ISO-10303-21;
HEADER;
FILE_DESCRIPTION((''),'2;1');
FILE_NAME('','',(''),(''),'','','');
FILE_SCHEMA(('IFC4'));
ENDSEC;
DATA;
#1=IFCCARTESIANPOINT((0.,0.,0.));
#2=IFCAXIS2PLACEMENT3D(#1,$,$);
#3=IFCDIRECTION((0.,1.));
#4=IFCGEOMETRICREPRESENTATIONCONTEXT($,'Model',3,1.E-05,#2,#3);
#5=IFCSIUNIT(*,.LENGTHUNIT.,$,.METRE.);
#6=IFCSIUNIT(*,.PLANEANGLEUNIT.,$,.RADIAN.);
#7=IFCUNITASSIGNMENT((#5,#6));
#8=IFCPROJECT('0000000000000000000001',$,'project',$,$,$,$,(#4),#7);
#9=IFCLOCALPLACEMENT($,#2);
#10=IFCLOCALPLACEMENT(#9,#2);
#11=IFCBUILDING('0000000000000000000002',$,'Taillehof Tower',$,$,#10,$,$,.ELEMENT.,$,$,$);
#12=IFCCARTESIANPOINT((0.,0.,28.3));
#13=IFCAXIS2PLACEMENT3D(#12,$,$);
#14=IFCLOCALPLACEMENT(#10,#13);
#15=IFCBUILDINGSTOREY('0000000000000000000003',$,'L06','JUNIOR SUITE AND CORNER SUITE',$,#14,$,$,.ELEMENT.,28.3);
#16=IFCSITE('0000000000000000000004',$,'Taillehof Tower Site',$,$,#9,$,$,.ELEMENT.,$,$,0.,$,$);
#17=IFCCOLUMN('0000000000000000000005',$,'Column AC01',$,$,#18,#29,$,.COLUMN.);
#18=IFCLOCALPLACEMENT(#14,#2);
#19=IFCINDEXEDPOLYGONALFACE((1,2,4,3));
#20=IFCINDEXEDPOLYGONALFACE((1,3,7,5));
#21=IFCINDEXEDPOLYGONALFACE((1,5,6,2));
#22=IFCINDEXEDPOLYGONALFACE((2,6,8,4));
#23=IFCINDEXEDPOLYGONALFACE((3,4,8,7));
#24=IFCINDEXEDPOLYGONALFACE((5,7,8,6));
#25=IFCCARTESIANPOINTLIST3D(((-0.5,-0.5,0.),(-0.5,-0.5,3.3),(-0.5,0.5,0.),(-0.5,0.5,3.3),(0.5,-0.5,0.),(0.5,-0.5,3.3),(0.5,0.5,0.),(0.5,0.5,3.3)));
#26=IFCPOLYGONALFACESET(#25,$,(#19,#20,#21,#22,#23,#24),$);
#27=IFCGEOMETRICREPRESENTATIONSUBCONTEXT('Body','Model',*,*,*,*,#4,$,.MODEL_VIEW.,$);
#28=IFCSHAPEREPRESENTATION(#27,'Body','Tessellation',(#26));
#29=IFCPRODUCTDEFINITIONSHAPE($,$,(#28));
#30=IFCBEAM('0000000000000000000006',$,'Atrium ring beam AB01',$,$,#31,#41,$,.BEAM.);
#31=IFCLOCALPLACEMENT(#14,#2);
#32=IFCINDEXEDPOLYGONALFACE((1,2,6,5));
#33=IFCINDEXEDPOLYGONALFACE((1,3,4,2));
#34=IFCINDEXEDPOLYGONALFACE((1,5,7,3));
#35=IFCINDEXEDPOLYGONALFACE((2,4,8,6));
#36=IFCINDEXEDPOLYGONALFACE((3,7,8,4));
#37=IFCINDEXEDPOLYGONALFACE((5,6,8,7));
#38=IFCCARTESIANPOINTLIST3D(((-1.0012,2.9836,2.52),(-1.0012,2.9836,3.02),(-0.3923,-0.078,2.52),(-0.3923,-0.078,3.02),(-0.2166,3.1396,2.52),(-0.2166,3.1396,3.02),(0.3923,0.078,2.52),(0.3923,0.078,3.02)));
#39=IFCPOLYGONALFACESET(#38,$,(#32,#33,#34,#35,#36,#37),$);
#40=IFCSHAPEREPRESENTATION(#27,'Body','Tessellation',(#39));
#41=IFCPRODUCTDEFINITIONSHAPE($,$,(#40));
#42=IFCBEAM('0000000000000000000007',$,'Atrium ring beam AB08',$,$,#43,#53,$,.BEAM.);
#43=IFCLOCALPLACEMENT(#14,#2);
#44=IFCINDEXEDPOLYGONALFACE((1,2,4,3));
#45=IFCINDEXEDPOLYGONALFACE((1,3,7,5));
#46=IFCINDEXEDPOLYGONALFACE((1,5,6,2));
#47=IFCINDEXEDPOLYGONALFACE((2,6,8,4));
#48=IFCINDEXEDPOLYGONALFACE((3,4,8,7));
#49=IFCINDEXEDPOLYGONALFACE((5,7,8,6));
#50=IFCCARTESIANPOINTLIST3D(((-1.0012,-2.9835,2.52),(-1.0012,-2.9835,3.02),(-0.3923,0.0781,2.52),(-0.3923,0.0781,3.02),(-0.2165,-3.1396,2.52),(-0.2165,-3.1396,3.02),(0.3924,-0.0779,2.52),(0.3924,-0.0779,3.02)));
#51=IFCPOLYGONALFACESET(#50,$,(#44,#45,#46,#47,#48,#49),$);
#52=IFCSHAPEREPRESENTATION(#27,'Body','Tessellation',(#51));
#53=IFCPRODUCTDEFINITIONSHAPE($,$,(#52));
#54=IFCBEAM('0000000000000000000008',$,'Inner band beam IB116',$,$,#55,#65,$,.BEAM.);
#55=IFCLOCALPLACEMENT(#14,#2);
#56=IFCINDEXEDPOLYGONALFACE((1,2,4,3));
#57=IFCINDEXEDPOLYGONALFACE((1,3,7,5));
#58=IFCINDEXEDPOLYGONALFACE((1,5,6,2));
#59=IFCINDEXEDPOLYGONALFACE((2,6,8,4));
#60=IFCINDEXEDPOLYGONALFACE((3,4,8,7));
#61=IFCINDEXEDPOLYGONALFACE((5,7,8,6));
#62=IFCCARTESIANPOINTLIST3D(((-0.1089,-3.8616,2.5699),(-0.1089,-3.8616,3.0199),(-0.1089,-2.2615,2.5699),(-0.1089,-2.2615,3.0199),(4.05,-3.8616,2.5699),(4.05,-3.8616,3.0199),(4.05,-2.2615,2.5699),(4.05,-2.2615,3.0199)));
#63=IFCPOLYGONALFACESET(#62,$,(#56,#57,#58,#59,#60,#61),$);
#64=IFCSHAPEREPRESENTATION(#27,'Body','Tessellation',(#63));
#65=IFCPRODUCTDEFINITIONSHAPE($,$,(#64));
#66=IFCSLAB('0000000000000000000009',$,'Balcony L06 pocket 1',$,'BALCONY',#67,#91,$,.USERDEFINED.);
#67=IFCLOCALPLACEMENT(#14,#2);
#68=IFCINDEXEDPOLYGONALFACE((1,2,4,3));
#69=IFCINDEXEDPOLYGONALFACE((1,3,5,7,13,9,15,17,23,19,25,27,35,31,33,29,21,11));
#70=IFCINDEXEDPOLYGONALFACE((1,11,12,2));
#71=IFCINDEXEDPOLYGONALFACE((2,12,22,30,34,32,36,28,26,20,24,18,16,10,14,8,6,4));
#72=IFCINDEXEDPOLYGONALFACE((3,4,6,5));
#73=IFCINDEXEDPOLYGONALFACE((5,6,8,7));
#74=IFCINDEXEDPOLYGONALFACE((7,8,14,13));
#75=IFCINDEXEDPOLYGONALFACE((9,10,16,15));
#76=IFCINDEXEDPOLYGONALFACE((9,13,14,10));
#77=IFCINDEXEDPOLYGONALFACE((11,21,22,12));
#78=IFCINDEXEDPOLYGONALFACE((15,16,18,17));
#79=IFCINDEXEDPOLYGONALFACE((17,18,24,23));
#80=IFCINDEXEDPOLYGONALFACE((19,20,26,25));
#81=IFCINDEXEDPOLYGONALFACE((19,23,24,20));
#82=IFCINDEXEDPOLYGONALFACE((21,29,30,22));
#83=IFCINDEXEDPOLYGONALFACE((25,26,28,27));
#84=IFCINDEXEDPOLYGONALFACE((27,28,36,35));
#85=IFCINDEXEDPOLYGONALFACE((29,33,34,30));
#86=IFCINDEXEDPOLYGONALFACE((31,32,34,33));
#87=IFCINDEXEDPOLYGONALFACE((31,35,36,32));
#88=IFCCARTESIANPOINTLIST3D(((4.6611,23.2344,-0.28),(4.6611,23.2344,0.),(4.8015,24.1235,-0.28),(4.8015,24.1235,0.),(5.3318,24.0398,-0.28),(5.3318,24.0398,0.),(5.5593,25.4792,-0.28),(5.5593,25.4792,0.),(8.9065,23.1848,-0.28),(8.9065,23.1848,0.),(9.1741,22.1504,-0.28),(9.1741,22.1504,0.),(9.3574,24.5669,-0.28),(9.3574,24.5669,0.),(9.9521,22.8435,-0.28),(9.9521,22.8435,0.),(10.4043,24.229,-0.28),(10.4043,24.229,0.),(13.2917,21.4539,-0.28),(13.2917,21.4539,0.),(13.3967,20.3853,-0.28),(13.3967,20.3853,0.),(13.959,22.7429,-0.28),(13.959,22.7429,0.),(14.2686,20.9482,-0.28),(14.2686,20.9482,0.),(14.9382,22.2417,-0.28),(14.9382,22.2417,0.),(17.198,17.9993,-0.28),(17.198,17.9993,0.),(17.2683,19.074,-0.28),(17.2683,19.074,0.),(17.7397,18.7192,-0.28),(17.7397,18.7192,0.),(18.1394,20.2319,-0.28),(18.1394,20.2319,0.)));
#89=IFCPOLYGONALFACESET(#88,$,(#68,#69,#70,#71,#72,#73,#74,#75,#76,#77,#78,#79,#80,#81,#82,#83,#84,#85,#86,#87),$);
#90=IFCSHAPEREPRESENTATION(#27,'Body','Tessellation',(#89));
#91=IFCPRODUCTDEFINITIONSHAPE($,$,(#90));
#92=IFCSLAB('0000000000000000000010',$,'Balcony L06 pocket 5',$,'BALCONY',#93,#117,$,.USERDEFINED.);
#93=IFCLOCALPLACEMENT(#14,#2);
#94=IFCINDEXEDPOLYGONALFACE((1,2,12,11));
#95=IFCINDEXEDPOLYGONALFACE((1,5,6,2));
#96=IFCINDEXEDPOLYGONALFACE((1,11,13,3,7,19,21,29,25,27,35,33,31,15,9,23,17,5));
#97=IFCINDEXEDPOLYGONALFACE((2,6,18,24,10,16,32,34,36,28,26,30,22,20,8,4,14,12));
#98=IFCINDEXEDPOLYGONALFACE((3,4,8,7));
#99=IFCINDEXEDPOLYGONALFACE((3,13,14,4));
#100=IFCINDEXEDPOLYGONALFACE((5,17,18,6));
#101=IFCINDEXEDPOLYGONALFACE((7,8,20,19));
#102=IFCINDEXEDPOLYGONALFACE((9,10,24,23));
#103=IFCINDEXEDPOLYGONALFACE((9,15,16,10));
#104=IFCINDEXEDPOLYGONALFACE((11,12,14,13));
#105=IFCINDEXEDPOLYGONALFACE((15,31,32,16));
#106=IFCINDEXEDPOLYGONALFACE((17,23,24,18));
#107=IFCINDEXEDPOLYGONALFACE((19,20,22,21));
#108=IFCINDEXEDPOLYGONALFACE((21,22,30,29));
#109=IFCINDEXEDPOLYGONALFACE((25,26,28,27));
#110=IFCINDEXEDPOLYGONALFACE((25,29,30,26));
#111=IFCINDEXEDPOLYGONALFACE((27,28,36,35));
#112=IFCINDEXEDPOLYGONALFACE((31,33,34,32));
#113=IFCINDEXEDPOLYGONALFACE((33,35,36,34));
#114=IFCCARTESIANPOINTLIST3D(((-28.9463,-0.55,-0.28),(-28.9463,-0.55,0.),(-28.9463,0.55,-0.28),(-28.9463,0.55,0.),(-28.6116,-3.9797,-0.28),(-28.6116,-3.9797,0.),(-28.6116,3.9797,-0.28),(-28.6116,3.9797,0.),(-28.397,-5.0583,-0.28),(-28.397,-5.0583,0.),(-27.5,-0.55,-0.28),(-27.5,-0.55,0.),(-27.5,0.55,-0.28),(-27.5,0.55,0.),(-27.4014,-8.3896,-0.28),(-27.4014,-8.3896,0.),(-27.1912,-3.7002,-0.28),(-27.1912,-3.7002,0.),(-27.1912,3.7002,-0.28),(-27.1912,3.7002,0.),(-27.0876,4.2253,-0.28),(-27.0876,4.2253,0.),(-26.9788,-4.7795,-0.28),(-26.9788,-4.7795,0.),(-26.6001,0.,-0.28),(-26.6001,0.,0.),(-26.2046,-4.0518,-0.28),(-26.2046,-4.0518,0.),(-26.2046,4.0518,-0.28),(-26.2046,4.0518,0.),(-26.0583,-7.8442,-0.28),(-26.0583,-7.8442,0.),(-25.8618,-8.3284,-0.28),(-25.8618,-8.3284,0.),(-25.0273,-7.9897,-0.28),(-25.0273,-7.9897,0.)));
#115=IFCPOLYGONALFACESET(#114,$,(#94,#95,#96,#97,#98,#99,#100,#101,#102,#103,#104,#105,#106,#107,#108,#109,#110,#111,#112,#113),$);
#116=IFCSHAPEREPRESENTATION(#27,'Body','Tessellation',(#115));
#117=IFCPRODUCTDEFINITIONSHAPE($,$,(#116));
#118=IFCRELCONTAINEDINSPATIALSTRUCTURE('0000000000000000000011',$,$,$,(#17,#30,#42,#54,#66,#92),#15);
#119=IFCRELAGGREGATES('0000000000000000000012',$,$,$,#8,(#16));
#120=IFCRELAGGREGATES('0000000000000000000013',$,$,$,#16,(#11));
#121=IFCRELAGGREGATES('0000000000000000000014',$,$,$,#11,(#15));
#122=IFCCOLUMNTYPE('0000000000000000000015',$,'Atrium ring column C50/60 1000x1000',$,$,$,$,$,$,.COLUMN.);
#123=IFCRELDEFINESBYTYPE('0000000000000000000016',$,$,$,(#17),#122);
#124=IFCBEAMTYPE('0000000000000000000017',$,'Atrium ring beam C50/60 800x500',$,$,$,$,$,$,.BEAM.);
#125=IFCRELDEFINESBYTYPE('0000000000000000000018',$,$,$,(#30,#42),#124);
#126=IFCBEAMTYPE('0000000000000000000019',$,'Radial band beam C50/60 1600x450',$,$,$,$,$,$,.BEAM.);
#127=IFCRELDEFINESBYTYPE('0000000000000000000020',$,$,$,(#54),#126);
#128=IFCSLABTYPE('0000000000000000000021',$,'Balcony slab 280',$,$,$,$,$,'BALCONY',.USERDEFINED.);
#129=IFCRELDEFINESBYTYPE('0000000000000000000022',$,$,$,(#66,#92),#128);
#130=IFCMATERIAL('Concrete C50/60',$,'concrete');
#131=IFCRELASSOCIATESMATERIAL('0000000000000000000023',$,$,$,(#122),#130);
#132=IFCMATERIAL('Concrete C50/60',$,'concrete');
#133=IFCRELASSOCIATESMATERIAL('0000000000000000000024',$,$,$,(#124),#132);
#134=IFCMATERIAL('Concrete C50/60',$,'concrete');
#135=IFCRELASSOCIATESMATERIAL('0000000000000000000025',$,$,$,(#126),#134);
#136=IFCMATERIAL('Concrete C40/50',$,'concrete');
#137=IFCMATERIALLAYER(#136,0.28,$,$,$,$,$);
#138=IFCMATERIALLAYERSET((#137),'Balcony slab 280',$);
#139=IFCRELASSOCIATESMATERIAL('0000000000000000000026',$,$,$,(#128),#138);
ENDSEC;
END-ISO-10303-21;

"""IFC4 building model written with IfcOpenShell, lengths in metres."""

from ifc_helpers import new_model, si_unit, direction, frame, origin, origin_with_axes, origin_2d, place, context, subcontext, project, spatial, polyline, rectangle, outline, extrude, material, layer, layer_set, material_profile, profile_set, type_object, element, save


model = new_model("IFC4")

# Units and contexts
model_context = context("Model", 3, precision=1e-05, world=origin(), true_north=direction((0.0, 1.0)))
body_context = subcontext(model_context, "Body", "Model", "MODEL_VIEW")
ifc_project = project(units=[si_unit("LENGTHUNIT", "METRE"), si_unit("PLANEANGLEUNIT", "RADIAN")], contexts=[model_context])

# Site, building, storey
site_placement = place(None, origin())
site = spatial("IfcSite", under=ifc_project, at=site_placement, Name="Taillehof Tower Site", CompositionType="ELEMENT", RefElevation=0.0)
building_placement = place(site_placement, origin())
building = spatial("IfcBuilding", under=site, at=building_placement, Name="Taillehof Tower", CompositionType="ELEMENT")
storey_placement = place(building_placement, frame((0.0, 0.0, 28.3)))
storey = spatial("IfcBuildingStorey", under=building, at=storey_placement, Name="L06", Description="JUNIOR SUITE AND CORNER SUITE", CompositionType="ELEMENT", Elevation=28.3)

# Column
ifc_material_1 = material(Name="Concrete C50/60", Category="concrete")
ifc_material_profile_1 = material_profile(ifc_material_1, rectangle(XDim=1.0, YDim=1.0, at=origin_2d()), Name="RC 1000x1000")
ifc_profile_set_1 = profile_set([ifc_material_profile_1], Name="Concrete C50/60")
column_type = type_object("IfcColumnType", Name="Atrium ring column C50/60 1000x1000", PredefinedType="COLUMN", material=ifc_profile_set_1)
column_placement = place(storey_placement, origin_with_axes())
element("IfcColumn", 1, at=column_placement, inside=storey, type_object=column_type, Name="Column AC01", PredefinedType="COLUMN", context=body_context, shape_type="SweptSolid", body=[
    extrude(rectangle(XDim=1.0, YDim=1.0, at=origin_2d()), origin(), (0.0, 0.0, 1.0), 3.3),
])

# Beams
ifc_material_2 = material(Name="Concrete C50/60", Category="concrete")
ifc_material_profile_2 = material_profile(ifc_material_2, rectangle(XDim=0.8, YDim=0.5, at=origin_2d()), Name="RC 800x500")
ifc_profile_set_2 = profile_set([ifc_material_profile_2], Name="Concrete C50/60")
beam_type_1 = type_object("IfcBeamType", Name="Atrium ring beam C50/60 800x500", PredefinedType="BEAM", material=ifc_profile_set_2)
for number, where, z_axis, x_axis, name in (
    (2, (0.0, 0.0, 2.77), (-0.195063, 0.980791, 0.0), (-0.980791, -0.195063, 0.0), "Atrium ring beam AB01"),
    (3, (-0.6089, -3.0615, 2.77), (0.195063, 0.980791, 0.0), (-0.980791, 0.195063, 0.0), "Atrium ring beam AB08"),
):
    element("IfcBeam", number, at=place(storey_placement, frame(where, z_axis=z_axis, x_axis=x_axis)), inside=storey, type_object=beam_type_1, Name=name, PredefinedType="BEAM", context=body_context, shape_type="SweptSolid", body=[
        extrude(rectangle(XDim=0.8, YDim=0.5, at=origin_2d()), origin(), (0.0, 0.0, 1.0), 3.1216),
    ])
ifc_material_3 = material(Name="Concrete C50/60", Category="concrete")
ifc_material_profile_3 = material_profile(ifc_material_3, rectangle(XDim=1.6001, YDim=0.45, at=origin_2d()), Name="RC 1600x450")
ifc_profile_set_3 = profile_set([ifc_material_profile_3], Name="Concrete C50/60")
beam_type_2 = type_object("IfcBeamType", Name="Radial band beam C50/60 1600x450", PredefinedType="BEAM", material=ifc_profile_set_3)
beam_placement = place(storey_placement, frame((-0.1089, -3.0615, 2.7949), z_axis=(1.0, 0.0, 0.0), x_axis=(0.0, 1.0, 0.0)))
element("IfcBeam", 4, at=beam_placement, inside=storey, type_object=beam_type_2, Name="Inner band beam IB116", PredefinedType="BEAM", context=body_context, shape_type="SweptSolid", body=[
    extrude(rectangle(XDim=1.6001, YDim=0.45, at=origin_2d()), origin(), (0.0, 0.0, 1.0), 4.1589),
])

# Slabs
ifc_material_4 = material(Name="Concrete C40/50", Category="concrete")
ifc_layer_1 = layer(ifc_material_4, 0.28)
ifc_layer_set_1 = layer_set([ifc_layer_1], Name="Balcony slab 280")
slab_type_1 = type_object("IfcSlabType", Name="Balcony slab 280", ElementType="BALCONY", PredefinedType="USERDEFINED", material=ifc_layer_set_1)
slab_1_placement = place(storey_placement, frame((0.0, 0.0, -0.28)))
element("IfcSlab", 5, at=slab_1_placement, inside=storey, type_object=slab_type_1, Name="Balcony L06 pocket 1", ObjectType="BALCONY", PredefinedType="USERDEFINED", context=body_context, shape_type="SweptSolid", body=[
    extrude(outline(polyline([(4.6611, 23.2344), (4.8015, 24.1235), (5.3318, 24.0398), (5.5593, 25.4792), (9.3574, 24.5669), (8.9065, 23.1848), (9.9521, 22.8435), (10.4043, 24.229), (13.959, 22.7429), (13.2917, 21.4539), (14.2686, 20.9482), (14.9382, 22.2417), (18.1394, 20.2319), (17.2683, 19.074), (17.7397, 18.7192), (17.198, 17.9993), (13.3967, 20.3853), (9.1741, 22.1504), (4.6611, 23.2344)])), origin(), (0.0, 0.0, 1.0), 0.28),
])
slab_2_placement = place(storey_placement, frame((0.0, 0.0, -0.28)))
element("IfcSlab", 6, at=slab_2_placement, inside=storey, type_object=slab_type_1, Name="Balcony L06 pocket 5", ObjectType="BALCONY", PredefinedType="USERDEFINED", context=body_context, shape_type="SweptSolid", body=[
    extrude(outline(polyline([(-25.0273, -7.9897), (-25.8618, -8.3284), (-26.0583, -7.8442), (-27.4014, -8.3896), (-28.397, -5.0583), (-26.9788, -4.7795), (-27.1912, -3.7002), (-28.6116, -3.9797), (-28.9463, -0.55), (-27.5, -0.55), (-27.5, 0.55), (-28.9463, 0.55), (-28.6116, 3.9797), (-27.1912, 3.7002), (-27.0876, 4.2253), (-26.2046, 4.0518), (-26.6001, 0.0), (-26.2046, -4.0518), (-25.0273, -7.9897)])), origin(), (0.0, 0.0, 1.0), 0.28),
])

save(model, "model.ifc")
